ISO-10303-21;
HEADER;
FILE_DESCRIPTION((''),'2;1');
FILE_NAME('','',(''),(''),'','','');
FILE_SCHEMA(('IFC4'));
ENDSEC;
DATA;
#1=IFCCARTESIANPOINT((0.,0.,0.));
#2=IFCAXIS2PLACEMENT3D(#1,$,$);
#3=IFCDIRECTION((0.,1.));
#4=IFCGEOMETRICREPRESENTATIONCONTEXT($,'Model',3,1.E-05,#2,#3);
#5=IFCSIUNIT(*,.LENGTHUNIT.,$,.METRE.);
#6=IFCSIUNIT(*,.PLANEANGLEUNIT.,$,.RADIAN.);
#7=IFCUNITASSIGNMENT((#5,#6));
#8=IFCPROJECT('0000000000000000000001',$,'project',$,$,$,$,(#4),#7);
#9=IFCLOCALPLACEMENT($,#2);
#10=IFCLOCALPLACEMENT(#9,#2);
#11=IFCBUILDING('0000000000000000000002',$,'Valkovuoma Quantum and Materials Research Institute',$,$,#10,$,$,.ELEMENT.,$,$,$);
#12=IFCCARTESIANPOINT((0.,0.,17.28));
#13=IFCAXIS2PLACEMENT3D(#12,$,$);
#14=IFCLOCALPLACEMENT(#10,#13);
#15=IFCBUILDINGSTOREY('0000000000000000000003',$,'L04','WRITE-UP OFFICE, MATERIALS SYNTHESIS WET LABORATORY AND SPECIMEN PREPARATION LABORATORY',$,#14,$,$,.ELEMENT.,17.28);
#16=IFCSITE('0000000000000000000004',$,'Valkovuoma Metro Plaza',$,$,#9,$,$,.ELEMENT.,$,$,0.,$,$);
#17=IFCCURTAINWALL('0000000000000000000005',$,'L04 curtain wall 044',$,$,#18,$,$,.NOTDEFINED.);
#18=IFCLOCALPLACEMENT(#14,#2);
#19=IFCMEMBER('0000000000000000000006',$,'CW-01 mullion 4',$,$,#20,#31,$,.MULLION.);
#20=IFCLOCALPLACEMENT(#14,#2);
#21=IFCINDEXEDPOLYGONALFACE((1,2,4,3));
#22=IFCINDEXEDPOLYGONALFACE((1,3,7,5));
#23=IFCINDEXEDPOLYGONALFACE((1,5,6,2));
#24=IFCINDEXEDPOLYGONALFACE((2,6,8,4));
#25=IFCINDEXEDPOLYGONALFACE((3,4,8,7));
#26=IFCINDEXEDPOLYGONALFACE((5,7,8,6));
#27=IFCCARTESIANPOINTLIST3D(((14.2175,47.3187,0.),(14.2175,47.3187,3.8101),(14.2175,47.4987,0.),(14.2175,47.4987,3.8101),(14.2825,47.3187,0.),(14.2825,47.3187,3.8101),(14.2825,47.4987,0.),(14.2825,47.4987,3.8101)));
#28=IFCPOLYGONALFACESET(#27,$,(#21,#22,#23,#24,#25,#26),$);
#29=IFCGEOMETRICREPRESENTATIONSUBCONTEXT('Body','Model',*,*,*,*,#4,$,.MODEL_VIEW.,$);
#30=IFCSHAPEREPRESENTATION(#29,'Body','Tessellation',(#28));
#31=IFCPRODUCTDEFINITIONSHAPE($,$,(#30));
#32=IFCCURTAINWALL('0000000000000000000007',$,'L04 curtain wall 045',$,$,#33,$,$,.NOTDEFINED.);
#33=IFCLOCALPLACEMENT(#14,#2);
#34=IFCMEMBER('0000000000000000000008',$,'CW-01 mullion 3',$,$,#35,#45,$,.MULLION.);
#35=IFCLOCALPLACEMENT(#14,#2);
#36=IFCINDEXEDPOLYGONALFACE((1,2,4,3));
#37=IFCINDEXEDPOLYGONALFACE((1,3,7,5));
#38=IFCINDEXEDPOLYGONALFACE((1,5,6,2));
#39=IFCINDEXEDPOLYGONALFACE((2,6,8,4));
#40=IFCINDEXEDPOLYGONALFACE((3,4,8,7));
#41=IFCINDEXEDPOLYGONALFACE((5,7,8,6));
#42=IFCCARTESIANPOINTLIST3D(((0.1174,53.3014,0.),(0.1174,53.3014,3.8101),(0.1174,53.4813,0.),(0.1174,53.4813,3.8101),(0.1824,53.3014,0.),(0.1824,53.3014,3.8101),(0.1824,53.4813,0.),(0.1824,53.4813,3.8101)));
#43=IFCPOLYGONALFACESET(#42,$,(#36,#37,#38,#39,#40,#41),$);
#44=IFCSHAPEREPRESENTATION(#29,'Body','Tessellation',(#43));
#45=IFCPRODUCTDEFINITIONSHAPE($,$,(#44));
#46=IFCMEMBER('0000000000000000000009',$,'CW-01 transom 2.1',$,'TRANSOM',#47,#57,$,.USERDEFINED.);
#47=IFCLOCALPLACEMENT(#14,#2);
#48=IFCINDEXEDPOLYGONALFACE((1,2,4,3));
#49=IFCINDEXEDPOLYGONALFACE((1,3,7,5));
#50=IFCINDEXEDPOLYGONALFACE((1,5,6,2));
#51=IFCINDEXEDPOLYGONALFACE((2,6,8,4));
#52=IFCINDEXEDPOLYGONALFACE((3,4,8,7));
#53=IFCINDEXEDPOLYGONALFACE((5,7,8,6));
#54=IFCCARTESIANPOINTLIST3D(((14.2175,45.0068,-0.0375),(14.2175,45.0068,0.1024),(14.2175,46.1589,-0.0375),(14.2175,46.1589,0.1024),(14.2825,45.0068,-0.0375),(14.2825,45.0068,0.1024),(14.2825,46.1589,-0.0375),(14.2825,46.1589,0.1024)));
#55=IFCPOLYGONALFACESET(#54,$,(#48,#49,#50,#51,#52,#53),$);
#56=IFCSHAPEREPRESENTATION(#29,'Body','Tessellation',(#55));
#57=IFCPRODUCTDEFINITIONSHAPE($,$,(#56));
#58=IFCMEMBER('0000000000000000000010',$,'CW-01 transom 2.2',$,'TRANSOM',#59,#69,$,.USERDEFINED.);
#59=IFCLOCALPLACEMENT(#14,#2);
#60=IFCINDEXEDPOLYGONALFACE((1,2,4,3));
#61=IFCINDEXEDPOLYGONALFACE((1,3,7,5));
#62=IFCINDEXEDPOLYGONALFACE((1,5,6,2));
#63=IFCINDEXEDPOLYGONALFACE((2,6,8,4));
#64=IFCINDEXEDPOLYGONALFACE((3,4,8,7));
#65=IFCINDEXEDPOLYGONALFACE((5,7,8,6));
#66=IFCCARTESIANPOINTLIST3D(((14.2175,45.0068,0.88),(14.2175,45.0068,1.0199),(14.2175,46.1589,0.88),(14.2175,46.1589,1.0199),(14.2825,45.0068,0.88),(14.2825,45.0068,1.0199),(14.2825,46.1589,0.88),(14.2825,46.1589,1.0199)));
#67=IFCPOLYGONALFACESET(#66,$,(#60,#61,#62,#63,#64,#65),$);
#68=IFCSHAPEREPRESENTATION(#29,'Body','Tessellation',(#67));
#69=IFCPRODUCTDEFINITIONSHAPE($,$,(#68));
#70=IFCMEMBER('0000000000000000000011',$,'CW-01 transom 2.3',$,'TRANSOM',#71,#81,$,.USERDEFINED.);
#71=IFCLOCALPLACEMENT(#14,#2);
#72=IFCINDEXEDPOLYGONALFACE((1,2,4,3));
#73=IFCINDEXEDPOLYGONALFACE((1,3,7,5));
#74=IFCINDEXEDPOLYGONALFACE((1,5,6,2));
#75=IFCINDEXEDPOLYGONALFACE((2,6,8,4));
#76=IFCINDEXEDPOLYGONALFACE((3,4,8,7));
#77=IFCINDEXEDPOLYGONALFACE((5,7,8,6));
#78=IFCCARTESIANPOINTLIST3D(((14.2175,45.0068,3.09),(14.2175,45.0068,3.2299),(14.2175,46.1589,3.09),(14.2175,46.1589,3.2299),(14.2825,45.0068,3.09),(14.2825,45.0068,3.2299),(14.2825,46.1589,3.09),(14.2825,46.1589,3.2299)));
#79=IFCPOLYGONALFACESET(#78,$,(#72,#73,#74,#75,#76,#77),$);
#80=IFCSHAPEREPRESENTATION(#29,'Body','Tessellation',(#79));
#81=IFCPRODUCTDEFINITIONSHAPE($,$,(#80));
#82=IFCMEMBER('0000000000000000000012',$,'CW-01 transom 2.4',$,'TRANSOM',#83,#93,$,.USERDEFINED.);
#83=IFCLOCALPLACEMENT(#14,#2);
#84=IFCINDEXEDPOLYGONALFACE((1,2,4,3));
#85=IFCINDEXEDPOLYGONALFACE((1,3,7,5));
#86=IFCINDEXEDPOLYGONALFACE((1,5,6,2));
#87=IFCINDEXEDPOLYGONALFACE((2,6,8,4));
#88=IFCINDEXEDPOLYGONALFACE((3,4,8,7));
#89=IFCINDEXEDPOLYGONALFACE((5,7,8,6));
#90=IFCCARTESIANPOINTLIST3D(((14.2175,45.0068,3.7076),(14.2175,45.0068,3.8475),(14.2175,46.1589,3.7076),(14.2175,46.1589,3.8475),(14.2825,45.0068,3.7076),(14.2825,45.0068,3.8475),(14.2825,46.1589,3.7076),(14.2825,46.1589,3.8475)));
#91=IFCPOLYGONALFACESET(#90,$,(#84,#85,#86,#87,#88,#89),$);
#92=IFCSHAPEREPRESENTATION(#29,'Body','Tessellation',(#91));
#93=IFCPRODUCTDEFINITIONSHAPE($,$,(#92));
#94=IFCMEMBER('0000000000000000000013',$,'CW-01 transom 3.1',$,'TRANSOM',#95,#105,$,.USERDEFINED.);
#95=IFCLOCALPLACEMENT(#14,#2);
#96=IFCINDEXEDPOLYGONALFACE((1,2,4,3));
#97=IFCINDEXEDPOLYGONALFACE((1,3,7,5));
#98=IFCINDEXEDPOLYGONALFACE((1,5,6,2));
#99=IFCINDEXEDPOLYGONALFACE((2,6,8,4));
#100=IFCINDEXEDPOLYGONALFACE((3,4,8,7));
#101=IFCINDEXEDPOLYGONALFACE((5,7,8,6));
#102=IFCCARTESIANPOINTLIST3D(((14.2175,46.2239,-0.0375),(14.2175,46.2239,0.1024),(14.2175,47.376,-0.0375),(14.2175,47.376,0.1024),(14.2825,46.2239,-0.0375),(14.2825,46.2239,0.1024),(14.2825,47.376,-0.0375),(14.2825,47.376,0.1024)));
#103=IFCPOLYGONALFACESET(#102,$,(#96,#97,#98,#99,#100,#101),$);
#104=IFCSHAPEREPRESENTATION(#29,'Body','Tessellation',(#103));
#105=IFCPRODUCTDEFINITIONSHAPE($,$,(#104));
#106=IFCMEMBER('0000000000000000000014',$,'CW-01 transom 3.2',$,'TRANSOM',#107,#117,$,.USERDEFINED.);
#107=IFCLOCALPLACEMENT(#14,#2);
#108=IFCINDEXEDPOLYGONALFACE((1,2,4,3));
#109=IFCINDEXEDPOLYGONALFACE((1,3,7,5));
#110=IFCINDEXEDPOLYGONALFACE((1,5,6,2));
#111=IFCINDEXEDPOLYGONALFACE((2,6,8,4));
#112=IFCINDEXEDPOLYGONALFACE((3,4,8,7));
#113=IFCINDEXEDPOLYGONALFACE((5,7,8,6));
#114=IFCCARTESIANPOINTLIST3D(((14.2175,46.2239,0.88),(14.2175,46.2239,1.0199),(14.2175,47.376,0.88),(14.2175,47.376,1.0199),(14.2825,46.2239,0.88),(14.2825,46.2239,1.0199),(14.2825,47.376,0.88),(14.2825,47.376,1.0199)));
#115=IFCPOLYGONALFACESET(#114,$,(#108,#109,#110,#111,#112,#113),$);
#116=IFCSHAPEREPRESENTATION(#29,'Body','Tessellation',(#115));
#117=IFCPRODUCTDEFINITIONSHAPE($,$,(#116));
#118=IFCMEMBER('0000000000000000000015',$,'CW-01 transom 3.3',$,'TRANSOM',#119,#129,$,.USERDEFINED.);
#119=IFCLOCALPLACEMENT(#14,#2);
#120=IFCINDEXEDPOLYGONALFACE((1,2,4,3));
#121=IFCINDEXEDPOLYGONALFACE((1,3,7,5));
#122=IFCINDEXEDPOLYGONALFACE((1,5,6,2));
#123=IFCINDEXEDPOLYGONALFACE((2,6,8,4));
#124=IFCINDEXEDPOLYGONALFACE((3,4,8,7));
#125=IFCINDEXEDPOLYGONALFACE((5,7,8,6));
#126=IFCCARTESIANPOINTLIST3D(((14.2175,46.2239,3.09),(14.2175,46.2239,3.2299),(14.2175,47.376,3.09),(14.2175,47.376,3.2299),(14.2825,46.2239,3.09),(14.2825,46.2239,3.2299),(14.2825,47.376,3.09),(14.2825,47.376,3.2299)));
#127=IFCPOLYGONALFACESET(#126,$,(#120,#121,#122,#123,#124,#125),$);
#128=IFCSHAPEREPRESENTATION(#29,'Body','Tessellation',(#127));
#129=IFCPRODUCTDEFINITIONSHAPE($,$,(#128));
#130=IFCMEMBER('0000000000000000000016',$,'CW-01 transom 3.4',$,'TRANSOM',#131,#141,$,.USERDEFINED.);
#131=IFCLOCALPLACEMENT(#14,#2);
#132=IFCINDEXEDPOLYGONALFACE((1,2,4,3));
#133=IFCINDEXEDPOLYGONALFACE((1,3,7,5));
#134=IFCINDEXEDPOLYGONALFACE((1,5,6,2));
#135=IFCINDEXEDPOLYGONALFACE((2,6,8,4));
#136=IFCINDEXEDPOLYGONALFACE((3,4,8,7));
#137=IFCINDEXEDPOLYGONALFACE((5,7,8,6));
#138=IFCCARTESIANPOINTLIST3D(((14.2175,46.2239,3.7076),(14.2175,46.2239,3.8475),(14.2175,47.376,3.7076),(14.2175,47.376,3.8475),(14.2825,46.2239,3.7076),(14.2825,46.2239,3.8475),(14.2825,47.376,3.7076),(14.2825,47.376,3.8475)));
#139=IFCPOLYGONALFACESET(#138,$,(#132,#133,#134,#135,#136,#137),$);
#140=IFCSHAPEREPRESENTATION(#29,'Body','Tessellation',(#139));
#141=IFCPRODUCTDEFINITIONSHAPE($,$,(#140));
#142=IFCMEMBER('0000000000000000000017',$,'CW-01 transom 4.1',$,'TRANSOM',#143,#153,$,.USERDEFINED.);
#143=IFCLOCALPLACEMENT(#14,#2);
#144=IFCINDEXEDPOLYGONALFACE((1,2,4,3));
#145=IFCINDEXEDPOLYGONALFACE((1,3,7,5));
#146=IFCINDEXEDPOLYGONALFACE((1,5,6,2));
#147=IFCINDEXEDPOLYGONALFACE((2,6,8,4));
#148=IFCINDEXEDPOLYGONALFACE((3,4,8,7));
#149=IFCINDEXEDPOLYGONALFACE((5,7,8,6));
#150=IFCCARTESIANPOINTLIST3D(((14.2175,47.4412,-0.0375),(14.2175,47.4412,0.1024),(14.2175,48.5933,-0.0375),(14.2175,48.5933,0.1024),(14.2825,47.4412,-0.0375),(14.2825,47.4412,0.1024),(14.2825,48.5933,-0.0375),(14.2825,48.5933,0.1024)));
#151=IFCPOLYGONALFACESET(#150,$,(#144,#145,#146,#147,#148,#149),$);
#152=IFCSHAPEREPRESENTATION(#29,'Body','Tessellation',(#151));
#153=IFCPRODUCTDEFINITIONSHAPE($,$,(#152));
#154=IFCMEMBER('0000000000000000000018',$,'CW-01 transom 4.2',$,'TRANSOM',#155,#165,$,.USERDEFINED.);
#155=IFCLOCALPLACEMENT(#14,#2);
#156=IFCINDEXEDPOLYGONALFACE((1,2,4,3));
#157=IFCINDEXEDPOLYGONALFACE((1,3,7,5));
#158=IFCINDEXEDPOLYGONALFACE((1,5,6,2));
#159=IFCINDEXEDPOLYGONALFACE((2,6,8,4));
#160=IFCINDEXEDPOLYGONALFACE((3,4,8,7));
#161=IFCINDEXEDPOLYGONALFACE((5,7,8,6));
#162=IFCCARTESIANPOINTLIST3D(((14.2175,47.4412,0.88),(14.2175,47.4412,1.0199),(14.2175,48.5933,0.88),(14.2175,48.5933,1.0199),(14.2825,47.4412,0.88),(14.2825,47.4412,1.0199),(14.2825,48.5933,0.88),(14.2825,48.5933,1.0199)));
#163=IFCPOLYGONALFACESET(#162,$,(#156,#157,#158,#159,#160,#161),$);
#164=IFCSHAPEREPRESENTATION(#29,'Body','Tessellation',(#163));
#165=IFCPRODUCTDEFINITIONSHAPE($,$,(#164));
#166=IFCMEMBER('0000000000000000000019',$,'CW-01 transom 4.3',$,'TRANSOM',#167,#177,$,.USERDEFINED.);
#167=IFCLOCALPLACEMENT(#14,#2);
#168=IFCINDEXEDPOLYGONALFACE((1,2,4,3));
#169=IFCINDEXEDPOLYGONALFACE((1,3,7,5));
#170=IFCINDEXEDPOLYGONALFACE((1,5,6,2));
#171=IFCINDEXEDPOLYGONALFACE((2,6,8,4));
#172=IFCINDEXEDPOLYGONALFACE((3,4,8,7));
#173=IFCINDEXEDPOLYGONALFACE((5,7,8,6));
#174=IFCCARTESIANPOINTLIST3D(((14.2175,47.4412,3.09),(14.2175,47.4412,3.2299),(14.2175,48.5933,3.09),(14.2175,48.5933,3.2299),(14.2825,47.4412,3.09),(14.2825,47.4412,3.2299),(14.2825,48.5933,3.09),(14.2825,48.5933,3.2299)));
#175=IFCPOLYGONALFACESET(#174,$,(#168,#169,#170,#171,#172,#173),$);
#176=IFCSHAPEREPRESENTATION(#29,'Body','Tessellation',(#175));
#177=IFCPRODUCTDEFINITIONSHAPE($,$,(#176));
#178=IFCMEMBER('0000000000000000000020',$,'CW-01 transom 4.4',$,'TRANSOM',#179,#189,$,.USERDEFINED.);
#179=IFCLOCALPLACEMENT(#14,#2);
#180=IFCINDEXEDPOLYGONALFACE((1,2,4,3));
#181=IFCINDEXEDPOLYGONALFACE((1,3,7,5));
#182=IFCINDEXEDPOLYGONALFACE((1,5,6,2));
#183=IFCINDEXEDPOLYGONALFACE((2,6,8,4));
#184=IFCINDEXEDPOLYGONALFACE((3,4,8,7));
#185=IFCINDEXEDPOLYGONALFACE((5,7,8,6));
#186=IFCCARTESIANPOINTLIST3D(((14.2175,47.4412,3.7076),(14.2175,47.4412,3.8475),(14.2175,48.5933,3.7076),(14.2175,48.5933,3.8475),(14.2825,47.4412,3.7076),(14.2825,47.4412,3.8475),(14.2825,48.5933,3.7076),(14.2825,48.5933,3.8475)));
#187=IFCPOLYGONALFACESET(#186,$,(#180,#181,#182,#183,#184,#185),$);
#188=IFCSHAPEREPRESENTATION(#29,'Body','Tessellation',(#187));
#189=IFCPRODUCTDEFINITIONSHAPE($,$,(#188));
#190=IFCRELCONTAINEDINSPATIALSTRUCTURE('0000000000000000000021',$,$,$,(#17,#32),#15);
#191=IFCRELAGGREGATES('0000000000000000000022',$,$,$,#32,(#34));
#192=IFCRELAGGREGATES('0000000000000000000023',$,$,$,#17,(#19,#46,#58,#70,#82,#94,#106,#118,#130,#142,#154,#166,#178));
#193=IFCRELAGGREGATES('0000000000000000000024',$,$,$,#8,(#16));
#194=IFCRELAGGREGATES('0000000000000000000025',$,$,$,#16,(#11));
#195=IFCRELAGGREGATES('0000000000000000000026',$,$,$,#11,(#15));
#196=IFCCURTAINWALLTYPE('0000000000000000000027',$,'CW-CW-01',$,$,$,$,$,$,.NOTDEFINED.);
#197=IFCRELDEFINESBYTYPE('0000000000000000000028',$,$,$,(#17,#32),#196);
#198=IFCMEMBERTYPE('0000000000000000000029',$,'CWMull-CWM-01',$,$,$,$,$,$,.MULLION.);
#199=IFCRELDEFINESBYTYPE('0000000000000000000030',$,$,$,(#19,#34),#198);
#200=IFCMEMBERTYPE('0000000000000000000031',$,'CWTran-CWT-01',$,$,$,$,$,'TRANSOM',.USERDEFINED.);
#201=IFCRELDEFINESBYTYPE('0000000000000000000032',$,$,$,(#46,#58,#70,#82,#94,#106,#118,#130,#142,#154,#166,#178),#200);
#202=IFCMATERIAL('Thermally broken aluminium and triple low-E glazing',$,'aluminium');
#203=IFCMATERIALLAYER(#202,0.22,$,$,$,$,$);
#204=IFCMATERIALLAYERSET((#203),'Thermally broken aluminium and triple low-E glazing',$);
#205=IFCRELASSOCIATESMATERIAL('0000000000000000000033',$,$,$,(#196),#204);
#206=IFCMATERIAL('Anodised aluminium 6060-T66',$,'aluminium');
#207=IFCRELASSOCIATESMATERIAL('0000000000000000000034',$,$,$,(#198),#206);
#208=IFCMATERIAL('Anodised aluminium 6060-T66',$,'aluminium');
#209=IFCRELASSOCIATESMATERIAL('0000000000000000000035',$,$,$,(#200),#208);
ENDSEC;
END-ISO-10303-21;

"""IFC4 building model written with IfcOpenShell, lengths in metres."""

from ifc_helpers import new_model, si_unit, direction, frame, origin, origin_2d, place, context, subcontext, project, spatial, rectangle, extrude, material, layer, layer_set, material_profile, profile_set, type_object, element, aggregate, save


model = new_model("IFC4")

# Units and contexts
model_context = context("Model", 3, precision=1e-05, world=origin(), true_north=direction((0.0, 1.0)))
body_context = subcontext(model_context, "Body", "Model", "MODEL_VIEW")
ifc_project = project(units=[si_unit("LENGTHUNIT", "METRE"), si_unit("PLANEANGLEUNIT", "RADIAN")], contexts=[model_context])

# Site, building, storey
site_placement = place(None, origin())
site = spatial("IfcSite", under=ifc_project, at=site_placement, Name="Valkovuoma Metro Plaza", CompositionType="ELEMENT", RefElevation=0.0)
building_placement = place(site_placement, origin())
building = spatial("IfcBuilding", under=site, at=building_placement, Name="Valkovuoma Quantum and Materials Research Institute", CompositionType="ELEMENT")
storey_placement = place(building_placement, frame((0.0, 0.0, 17.28)))
storey = spatial("IfcBuildingStorey", under=building, at=storey_placement, Name="L04", Description="WRITE-UP OFFICE, MATERIALS SYNTHESIS WET LABORATORY AND SPECIMEN PREPARATION LABORATORY", CompositionType="ELEMENT", Elevation=17.28)

# Curtain wall, member
ifc_material_1 = material(Name="Thermally broken aluminium and triple low-E glazing", Category="aluminium")
ifc_layer_1 = layer(ifc_material_1, 0.22)
ifc_layer_set_1 = layer_set([ifc_layer_1], Name="Thermally broken aluminium and triple low-E glazing")
curtain_wall_type = type_object("IfcCurtainWallType", Name="CW-CW-01", PredefinedType="NOTDEFINED", material=ifc_layer_set_1)
curtain_wall_1_placement = place(storey_placement, origin())
curtain_wall_1 = element("IfcCurtainWall", 1, at=curtain_wall_1_placement, inside=storey, type_object=curtain_wall_type, Name="L04 curtain wall 044", PredefinedType="NOTDEFINED")
ifc_material_2 = material(Name="Anodised aluminium 6060-T66", Category="aluminium")
ifc_material_profile_1 = material_profile(ifc_material_2, rectangle(XDim=0.0649, YDim=0.1799, at=origin_2d()), Name="Anodised aluminium 6060-T66")
ifc_profile_set_1 = profile_set([ifc_material_profile_1], Name="Anodised aluminium 6060-T66")
member_type_1 = type_object("IfcMemberType", Name="CWMull-CWM-01", PredefinedType="MULLION", material=ifc_profile_set_1)
member_1_placement = place(storey_placement, frame((14.25, 47.4087, 0.0), z_axis=(0.0, 0.0, 1.0), x_axis=(-1.0, 0.0, 0.0)))
member_1 = element("IfcMember", 2, at=member_1_placement, type_object=member_type_1, Name="CW-01 mullion 4", PredefinedType="MULLION", context=body_context, shape_type="SweptSolid", body=[
    extrude(rectangle(XDim=0.0649, YDim=0.1799, at=origin_2d()), origin(), (0.0, 0.0, 1.0), 3.8101),
])

# Curtain wall, member
curtain_wall_2_placement = place(storey_placement, origin())
curtain_wall_2 = element("IfcCurtainWall", 3, at=curtain_wall_2_placement, inside=storey, type_object=curtain_wall_type, Name="L04 curtain wall 045", PredefinedType="NOTDEFINED")
member_2_placement = place(storey_placement, frame((0.1499, 53.3914, 0.0), z_axis=(0.0, 0.0, 1.0), x_axis=(-1.0, 0.0, 0.0)))
member_2 = element("IfcMember", 4, at=member_2_placement, type_object=member_type_1, Name="CW-01 mullion 3", PredefinedType="MULLION", context=body_context, shape_type="SweptSolid", body=[
    extrude(rectangle(XDim=0.0649, YDim=0.1799, at=origin_2d()), origin(), (0.0, 0.0, 1.0), 3.8101),
])
aggregate(curtain_wall_2, [member_2])

# Members
ifc_material_3 = material(Name="Anodised aluminium 6060-T66", Category="aluminium")
ifc_material_profile_2 = material_profile(ifc_material_3, rectangle(XDim=0.0649, YDim=0.1399, at=origin_2d()), Name="Anodised aluminium 6060-T66")
ifc_profile_set_2 = profile_set([ifc_material_profile_2], Name="Anodised aluminium 6060-T66")
member_type_2 = type_object("IfcMemberType", Name="CWTran-CWT-01", ElementType="TRANSOM", PredefinedType="USERDEFINED", material=ifc_profile_set_2)
member_3_placement = place(storey_placement, frame((14.25, 45.0068, 0.0325), z_axis=(0.0, 1.0, 0.0), x_axis=(-1.0, 0.0, 0.0)))
member_3 = element("IfcMember", 5, at=member_3_placement, type_object=member_type_2, Name="CW-01 transom 2.1", ObjectType="TRANSOM", PredefinedType="USERDEFINED", context=body_context, shape_type="SweptSolid", body=[
    extrude(rectangle(XDim=0.0649, YDim=0.1399, at=origin_2d()), origin(), (0.0, 0.0, 1.0), 1.1521),
])
member_4_placement = place(storey_placement, frame((14.25, 45.0068, 0.95), z_axis=(0.0, 1.0, 0.0), x_axis=(-1.0, 0.0, 0.0)))
member_4 = element("IfcMember", 6, at=member_4_placement, type_object=member_type_2, Name="CW-01 transom 2.2", ObjectType="TRANSOM", PredefinedType="USERDEFINED", context=body_context, shape_type="SweptSolid", body=[
    extrude(rectangle(XDim=0.0649, YDim=0.1399, at=origin_2d()), origin(), (0.0, 0.0, 1.0), 1.1521),
])
member_5_placement = place(storey_placement, frame((14.25, 45.0068, 3.1599), z_axis=(0.0, 1.0, 0.0), x_axis=(-1.0, 0.0, 0.0)))
member_5 = element("IfcMember", 7, at=member_5_placement, type_object=member_type_2, Name="CW-01 transom 2.3", ObjectType="TRANSOM", PredefinedType="USERDEFINED", context=body_context, shape_type="SweptSolid", body=[
    extrude(rectangle(XDim=0.0649, YDim=0.1399, at=origin_2d()), origin(), (0.0, 0.0, 1.0), 1.1521),
])
member_6_placement = place(storey_placement, frame((14.25, 45.0068, 3.7776), z_axis=(0.0, 1.0, 0.0), x_axis=(-1.0, 0.0, 0.0)))
member_6 = element("IfcMember", 8, at=member_6_placement, type_object=member_type_2, Name="CW-01 transom 2.4", ObjectType="TRANSOM", PredefinedType="USERDEFINED", context=body_context, shape_type="SweptSolid", body=[
    extrude(rectangle(XDim=0.0649, YDim=0.1399, at=origin_2d()), origin(), (0.0, 0.0, 1.0), 1.1521),
])
member_7_placement = place(storey_placement, frame((14.25, 46.2239, 0.0325), z_axis=(0.0, 1.0, 0.0), x_axis=(-1.0, 0.0, 0.0)))
member_7 = element("IfcMember", 9, at=member_7_placement, type_object=member_type_2, Name="CW-01 transom 3.1", ObjectType="TRANSOM", PredefinedType="USERDEFINED", context=body_context, shape_type="SweptSolid", body=[
    extrude(rectangle(XDim=0.0649, YDim=0.1399, at=origin_2d()), origin(), (0.0, 0.0, 1.0), 1.1521),
])
member_8_placement = place(storey_placement, frame((14.25, 46.2239, 0.95), z_axis=(0.0, 1.0, 0.0), x_axis=(-1.0, 0.0, 0.0)))
member_8 = element("IfcMember", 10, at=member_8_placement, type_object=member_type_2, Name="CW-01 transom 3.2", ObjectType="TRANSOM", PredefinedType="USERDEFINED", context=body_context, shape_type="SweptSolid", body=[
    extrude(rectangle(XDim=0.0649, YDim=0.1399, at=origin_2d()), origin(), (0.0, 0.0, 1.0), 1.1521),
])
member_9_placement = place(storey_placement, frame((14.25, 46.2239, 3.1599), z_axis=(0.0, 1.0, 0.0), x_axis=(-1.0, 0.0, 0.0)))
member_9 = element("IfcMember", 11, at=member_9_placement, type_object=member_type_2, Name="CW-01 transom 3.3", ObjectType="TRANSOM", PredefinedType="USERDEFINED", context=body_context, shape_type="SweptSolid", body=[
    extrude(rectangle(XDim=0.0649, YDim=0.1399, at=origin_2d()), origin(), (0.0, 0.0, 1.0), 1.1521),
])
member_10_placement = place(storey_placement, frame((14.25, 46.2239, 3.7776), z_axis=(0.0, 1.0, 0.0), x_axis=(-1.0, 0.0, 0.0)))
member_10 = element("IfcMember", 12, at=member_10_placement, type_object=member_type_2, Name="CW-01 transom 3.4", ObjectType="TRANSOM", PredefinedType="USERDEFINED", context=body_context, shape_type="SweptSolid", body=[
    extrude(rectangle(XDim=0.0649, YDim=0.1399, at=origin_2d()), origin(), (0.0, 0.0, 1.0), 1.1521),
])
member_11_placement = place(storey_placement, frame((14.25, 47.4412, 0.0325), z_axis=(0.0, 1.0, 0.0), x_axis=(-1.0, 0.0, 0.0)))
member_11 = element("IfcMember", 13, at=member_11_placement, type_object=member_type_2, Name="CW-01 transom 4.1", ObjectType="TRANSOM", PredefinedType="USERDEFINED", context=body_context, shape_type="SweptSolid", body=[
    extrude(rectangle(XDim=0.0649, YDim=0.1399, at=origin_2d()), origin(), (0.0, 0.0, 1.0), 1.1521),
])
member_12_placement = place(storey_placement, frame((14.25, 47.4412, 0.95), z_axis=(0.0, 1.0, 0.0), x_axis=(-1.0, 0.0, 0.0)))
member_12 = element("IfcMember", 14, at=member_12_placement, type_object=member_type_2, Name="CW-01 transom 4.2", ObjectType="TRANSOM", PredefinedType="USERDEFINED", context=body_context, shape_type="SweptSolid", body=[
    extrude(rectangle(XDim=0.0649, YDim=0.1399, at=origin_2d()), origin(), (0.0, 0.0, 1.0), 1.1521),
])
member_13_placement = place(storey_placement, frame((14.25, 47.4412, 3.1599), z_axis=(0.0, 1.0, 0.0), x_axis=(-1.0, 0.0, 0.0)))
member_13 = element("IfcMember", 15, at=member_13_placement, type_object=member_type_2, Name="CW-01 transom 4.3", ObjectType="TRANSOM", PredefinedType="USERDEFINED", context=body_context, shape_type="SweptSolid", body=[
    extrude(rectangle(XDim=0.0649, YDim=0.1399, at=origin_2d()), origin(), (0.0, 0.0, 1.0), 1.1521),
])
member_14_placement = place(storey_placement, frame((14.25, 47.4412, 3.7776), z_axis=(0.0, 1.0, 0.0), x_axis=(-1.0, 0.0, 0.0)))
member_14 = element("IfcMember", 16, at=member_14_placement, type_object=member_type_2, Name="CW-01 transom 4.4", ObjectType="TRANSOM", PredefinedType="USERDEFINED", context=body_context, shape_type="SweptSolid", body=[
    extrude(rectangle(XDim=0.0649, YDim=0.1399, at=origin_2d()), origin(), (0.0, 0.0, 1.0), 1.1521),
])

aggregate(curtain_wall_1, [member_1, member_3, member_4, member_5, member_6, member_7, member_8, member_9, member_10, member_11, member_12, member_13, member_14])

save(model, "model.ifc")
